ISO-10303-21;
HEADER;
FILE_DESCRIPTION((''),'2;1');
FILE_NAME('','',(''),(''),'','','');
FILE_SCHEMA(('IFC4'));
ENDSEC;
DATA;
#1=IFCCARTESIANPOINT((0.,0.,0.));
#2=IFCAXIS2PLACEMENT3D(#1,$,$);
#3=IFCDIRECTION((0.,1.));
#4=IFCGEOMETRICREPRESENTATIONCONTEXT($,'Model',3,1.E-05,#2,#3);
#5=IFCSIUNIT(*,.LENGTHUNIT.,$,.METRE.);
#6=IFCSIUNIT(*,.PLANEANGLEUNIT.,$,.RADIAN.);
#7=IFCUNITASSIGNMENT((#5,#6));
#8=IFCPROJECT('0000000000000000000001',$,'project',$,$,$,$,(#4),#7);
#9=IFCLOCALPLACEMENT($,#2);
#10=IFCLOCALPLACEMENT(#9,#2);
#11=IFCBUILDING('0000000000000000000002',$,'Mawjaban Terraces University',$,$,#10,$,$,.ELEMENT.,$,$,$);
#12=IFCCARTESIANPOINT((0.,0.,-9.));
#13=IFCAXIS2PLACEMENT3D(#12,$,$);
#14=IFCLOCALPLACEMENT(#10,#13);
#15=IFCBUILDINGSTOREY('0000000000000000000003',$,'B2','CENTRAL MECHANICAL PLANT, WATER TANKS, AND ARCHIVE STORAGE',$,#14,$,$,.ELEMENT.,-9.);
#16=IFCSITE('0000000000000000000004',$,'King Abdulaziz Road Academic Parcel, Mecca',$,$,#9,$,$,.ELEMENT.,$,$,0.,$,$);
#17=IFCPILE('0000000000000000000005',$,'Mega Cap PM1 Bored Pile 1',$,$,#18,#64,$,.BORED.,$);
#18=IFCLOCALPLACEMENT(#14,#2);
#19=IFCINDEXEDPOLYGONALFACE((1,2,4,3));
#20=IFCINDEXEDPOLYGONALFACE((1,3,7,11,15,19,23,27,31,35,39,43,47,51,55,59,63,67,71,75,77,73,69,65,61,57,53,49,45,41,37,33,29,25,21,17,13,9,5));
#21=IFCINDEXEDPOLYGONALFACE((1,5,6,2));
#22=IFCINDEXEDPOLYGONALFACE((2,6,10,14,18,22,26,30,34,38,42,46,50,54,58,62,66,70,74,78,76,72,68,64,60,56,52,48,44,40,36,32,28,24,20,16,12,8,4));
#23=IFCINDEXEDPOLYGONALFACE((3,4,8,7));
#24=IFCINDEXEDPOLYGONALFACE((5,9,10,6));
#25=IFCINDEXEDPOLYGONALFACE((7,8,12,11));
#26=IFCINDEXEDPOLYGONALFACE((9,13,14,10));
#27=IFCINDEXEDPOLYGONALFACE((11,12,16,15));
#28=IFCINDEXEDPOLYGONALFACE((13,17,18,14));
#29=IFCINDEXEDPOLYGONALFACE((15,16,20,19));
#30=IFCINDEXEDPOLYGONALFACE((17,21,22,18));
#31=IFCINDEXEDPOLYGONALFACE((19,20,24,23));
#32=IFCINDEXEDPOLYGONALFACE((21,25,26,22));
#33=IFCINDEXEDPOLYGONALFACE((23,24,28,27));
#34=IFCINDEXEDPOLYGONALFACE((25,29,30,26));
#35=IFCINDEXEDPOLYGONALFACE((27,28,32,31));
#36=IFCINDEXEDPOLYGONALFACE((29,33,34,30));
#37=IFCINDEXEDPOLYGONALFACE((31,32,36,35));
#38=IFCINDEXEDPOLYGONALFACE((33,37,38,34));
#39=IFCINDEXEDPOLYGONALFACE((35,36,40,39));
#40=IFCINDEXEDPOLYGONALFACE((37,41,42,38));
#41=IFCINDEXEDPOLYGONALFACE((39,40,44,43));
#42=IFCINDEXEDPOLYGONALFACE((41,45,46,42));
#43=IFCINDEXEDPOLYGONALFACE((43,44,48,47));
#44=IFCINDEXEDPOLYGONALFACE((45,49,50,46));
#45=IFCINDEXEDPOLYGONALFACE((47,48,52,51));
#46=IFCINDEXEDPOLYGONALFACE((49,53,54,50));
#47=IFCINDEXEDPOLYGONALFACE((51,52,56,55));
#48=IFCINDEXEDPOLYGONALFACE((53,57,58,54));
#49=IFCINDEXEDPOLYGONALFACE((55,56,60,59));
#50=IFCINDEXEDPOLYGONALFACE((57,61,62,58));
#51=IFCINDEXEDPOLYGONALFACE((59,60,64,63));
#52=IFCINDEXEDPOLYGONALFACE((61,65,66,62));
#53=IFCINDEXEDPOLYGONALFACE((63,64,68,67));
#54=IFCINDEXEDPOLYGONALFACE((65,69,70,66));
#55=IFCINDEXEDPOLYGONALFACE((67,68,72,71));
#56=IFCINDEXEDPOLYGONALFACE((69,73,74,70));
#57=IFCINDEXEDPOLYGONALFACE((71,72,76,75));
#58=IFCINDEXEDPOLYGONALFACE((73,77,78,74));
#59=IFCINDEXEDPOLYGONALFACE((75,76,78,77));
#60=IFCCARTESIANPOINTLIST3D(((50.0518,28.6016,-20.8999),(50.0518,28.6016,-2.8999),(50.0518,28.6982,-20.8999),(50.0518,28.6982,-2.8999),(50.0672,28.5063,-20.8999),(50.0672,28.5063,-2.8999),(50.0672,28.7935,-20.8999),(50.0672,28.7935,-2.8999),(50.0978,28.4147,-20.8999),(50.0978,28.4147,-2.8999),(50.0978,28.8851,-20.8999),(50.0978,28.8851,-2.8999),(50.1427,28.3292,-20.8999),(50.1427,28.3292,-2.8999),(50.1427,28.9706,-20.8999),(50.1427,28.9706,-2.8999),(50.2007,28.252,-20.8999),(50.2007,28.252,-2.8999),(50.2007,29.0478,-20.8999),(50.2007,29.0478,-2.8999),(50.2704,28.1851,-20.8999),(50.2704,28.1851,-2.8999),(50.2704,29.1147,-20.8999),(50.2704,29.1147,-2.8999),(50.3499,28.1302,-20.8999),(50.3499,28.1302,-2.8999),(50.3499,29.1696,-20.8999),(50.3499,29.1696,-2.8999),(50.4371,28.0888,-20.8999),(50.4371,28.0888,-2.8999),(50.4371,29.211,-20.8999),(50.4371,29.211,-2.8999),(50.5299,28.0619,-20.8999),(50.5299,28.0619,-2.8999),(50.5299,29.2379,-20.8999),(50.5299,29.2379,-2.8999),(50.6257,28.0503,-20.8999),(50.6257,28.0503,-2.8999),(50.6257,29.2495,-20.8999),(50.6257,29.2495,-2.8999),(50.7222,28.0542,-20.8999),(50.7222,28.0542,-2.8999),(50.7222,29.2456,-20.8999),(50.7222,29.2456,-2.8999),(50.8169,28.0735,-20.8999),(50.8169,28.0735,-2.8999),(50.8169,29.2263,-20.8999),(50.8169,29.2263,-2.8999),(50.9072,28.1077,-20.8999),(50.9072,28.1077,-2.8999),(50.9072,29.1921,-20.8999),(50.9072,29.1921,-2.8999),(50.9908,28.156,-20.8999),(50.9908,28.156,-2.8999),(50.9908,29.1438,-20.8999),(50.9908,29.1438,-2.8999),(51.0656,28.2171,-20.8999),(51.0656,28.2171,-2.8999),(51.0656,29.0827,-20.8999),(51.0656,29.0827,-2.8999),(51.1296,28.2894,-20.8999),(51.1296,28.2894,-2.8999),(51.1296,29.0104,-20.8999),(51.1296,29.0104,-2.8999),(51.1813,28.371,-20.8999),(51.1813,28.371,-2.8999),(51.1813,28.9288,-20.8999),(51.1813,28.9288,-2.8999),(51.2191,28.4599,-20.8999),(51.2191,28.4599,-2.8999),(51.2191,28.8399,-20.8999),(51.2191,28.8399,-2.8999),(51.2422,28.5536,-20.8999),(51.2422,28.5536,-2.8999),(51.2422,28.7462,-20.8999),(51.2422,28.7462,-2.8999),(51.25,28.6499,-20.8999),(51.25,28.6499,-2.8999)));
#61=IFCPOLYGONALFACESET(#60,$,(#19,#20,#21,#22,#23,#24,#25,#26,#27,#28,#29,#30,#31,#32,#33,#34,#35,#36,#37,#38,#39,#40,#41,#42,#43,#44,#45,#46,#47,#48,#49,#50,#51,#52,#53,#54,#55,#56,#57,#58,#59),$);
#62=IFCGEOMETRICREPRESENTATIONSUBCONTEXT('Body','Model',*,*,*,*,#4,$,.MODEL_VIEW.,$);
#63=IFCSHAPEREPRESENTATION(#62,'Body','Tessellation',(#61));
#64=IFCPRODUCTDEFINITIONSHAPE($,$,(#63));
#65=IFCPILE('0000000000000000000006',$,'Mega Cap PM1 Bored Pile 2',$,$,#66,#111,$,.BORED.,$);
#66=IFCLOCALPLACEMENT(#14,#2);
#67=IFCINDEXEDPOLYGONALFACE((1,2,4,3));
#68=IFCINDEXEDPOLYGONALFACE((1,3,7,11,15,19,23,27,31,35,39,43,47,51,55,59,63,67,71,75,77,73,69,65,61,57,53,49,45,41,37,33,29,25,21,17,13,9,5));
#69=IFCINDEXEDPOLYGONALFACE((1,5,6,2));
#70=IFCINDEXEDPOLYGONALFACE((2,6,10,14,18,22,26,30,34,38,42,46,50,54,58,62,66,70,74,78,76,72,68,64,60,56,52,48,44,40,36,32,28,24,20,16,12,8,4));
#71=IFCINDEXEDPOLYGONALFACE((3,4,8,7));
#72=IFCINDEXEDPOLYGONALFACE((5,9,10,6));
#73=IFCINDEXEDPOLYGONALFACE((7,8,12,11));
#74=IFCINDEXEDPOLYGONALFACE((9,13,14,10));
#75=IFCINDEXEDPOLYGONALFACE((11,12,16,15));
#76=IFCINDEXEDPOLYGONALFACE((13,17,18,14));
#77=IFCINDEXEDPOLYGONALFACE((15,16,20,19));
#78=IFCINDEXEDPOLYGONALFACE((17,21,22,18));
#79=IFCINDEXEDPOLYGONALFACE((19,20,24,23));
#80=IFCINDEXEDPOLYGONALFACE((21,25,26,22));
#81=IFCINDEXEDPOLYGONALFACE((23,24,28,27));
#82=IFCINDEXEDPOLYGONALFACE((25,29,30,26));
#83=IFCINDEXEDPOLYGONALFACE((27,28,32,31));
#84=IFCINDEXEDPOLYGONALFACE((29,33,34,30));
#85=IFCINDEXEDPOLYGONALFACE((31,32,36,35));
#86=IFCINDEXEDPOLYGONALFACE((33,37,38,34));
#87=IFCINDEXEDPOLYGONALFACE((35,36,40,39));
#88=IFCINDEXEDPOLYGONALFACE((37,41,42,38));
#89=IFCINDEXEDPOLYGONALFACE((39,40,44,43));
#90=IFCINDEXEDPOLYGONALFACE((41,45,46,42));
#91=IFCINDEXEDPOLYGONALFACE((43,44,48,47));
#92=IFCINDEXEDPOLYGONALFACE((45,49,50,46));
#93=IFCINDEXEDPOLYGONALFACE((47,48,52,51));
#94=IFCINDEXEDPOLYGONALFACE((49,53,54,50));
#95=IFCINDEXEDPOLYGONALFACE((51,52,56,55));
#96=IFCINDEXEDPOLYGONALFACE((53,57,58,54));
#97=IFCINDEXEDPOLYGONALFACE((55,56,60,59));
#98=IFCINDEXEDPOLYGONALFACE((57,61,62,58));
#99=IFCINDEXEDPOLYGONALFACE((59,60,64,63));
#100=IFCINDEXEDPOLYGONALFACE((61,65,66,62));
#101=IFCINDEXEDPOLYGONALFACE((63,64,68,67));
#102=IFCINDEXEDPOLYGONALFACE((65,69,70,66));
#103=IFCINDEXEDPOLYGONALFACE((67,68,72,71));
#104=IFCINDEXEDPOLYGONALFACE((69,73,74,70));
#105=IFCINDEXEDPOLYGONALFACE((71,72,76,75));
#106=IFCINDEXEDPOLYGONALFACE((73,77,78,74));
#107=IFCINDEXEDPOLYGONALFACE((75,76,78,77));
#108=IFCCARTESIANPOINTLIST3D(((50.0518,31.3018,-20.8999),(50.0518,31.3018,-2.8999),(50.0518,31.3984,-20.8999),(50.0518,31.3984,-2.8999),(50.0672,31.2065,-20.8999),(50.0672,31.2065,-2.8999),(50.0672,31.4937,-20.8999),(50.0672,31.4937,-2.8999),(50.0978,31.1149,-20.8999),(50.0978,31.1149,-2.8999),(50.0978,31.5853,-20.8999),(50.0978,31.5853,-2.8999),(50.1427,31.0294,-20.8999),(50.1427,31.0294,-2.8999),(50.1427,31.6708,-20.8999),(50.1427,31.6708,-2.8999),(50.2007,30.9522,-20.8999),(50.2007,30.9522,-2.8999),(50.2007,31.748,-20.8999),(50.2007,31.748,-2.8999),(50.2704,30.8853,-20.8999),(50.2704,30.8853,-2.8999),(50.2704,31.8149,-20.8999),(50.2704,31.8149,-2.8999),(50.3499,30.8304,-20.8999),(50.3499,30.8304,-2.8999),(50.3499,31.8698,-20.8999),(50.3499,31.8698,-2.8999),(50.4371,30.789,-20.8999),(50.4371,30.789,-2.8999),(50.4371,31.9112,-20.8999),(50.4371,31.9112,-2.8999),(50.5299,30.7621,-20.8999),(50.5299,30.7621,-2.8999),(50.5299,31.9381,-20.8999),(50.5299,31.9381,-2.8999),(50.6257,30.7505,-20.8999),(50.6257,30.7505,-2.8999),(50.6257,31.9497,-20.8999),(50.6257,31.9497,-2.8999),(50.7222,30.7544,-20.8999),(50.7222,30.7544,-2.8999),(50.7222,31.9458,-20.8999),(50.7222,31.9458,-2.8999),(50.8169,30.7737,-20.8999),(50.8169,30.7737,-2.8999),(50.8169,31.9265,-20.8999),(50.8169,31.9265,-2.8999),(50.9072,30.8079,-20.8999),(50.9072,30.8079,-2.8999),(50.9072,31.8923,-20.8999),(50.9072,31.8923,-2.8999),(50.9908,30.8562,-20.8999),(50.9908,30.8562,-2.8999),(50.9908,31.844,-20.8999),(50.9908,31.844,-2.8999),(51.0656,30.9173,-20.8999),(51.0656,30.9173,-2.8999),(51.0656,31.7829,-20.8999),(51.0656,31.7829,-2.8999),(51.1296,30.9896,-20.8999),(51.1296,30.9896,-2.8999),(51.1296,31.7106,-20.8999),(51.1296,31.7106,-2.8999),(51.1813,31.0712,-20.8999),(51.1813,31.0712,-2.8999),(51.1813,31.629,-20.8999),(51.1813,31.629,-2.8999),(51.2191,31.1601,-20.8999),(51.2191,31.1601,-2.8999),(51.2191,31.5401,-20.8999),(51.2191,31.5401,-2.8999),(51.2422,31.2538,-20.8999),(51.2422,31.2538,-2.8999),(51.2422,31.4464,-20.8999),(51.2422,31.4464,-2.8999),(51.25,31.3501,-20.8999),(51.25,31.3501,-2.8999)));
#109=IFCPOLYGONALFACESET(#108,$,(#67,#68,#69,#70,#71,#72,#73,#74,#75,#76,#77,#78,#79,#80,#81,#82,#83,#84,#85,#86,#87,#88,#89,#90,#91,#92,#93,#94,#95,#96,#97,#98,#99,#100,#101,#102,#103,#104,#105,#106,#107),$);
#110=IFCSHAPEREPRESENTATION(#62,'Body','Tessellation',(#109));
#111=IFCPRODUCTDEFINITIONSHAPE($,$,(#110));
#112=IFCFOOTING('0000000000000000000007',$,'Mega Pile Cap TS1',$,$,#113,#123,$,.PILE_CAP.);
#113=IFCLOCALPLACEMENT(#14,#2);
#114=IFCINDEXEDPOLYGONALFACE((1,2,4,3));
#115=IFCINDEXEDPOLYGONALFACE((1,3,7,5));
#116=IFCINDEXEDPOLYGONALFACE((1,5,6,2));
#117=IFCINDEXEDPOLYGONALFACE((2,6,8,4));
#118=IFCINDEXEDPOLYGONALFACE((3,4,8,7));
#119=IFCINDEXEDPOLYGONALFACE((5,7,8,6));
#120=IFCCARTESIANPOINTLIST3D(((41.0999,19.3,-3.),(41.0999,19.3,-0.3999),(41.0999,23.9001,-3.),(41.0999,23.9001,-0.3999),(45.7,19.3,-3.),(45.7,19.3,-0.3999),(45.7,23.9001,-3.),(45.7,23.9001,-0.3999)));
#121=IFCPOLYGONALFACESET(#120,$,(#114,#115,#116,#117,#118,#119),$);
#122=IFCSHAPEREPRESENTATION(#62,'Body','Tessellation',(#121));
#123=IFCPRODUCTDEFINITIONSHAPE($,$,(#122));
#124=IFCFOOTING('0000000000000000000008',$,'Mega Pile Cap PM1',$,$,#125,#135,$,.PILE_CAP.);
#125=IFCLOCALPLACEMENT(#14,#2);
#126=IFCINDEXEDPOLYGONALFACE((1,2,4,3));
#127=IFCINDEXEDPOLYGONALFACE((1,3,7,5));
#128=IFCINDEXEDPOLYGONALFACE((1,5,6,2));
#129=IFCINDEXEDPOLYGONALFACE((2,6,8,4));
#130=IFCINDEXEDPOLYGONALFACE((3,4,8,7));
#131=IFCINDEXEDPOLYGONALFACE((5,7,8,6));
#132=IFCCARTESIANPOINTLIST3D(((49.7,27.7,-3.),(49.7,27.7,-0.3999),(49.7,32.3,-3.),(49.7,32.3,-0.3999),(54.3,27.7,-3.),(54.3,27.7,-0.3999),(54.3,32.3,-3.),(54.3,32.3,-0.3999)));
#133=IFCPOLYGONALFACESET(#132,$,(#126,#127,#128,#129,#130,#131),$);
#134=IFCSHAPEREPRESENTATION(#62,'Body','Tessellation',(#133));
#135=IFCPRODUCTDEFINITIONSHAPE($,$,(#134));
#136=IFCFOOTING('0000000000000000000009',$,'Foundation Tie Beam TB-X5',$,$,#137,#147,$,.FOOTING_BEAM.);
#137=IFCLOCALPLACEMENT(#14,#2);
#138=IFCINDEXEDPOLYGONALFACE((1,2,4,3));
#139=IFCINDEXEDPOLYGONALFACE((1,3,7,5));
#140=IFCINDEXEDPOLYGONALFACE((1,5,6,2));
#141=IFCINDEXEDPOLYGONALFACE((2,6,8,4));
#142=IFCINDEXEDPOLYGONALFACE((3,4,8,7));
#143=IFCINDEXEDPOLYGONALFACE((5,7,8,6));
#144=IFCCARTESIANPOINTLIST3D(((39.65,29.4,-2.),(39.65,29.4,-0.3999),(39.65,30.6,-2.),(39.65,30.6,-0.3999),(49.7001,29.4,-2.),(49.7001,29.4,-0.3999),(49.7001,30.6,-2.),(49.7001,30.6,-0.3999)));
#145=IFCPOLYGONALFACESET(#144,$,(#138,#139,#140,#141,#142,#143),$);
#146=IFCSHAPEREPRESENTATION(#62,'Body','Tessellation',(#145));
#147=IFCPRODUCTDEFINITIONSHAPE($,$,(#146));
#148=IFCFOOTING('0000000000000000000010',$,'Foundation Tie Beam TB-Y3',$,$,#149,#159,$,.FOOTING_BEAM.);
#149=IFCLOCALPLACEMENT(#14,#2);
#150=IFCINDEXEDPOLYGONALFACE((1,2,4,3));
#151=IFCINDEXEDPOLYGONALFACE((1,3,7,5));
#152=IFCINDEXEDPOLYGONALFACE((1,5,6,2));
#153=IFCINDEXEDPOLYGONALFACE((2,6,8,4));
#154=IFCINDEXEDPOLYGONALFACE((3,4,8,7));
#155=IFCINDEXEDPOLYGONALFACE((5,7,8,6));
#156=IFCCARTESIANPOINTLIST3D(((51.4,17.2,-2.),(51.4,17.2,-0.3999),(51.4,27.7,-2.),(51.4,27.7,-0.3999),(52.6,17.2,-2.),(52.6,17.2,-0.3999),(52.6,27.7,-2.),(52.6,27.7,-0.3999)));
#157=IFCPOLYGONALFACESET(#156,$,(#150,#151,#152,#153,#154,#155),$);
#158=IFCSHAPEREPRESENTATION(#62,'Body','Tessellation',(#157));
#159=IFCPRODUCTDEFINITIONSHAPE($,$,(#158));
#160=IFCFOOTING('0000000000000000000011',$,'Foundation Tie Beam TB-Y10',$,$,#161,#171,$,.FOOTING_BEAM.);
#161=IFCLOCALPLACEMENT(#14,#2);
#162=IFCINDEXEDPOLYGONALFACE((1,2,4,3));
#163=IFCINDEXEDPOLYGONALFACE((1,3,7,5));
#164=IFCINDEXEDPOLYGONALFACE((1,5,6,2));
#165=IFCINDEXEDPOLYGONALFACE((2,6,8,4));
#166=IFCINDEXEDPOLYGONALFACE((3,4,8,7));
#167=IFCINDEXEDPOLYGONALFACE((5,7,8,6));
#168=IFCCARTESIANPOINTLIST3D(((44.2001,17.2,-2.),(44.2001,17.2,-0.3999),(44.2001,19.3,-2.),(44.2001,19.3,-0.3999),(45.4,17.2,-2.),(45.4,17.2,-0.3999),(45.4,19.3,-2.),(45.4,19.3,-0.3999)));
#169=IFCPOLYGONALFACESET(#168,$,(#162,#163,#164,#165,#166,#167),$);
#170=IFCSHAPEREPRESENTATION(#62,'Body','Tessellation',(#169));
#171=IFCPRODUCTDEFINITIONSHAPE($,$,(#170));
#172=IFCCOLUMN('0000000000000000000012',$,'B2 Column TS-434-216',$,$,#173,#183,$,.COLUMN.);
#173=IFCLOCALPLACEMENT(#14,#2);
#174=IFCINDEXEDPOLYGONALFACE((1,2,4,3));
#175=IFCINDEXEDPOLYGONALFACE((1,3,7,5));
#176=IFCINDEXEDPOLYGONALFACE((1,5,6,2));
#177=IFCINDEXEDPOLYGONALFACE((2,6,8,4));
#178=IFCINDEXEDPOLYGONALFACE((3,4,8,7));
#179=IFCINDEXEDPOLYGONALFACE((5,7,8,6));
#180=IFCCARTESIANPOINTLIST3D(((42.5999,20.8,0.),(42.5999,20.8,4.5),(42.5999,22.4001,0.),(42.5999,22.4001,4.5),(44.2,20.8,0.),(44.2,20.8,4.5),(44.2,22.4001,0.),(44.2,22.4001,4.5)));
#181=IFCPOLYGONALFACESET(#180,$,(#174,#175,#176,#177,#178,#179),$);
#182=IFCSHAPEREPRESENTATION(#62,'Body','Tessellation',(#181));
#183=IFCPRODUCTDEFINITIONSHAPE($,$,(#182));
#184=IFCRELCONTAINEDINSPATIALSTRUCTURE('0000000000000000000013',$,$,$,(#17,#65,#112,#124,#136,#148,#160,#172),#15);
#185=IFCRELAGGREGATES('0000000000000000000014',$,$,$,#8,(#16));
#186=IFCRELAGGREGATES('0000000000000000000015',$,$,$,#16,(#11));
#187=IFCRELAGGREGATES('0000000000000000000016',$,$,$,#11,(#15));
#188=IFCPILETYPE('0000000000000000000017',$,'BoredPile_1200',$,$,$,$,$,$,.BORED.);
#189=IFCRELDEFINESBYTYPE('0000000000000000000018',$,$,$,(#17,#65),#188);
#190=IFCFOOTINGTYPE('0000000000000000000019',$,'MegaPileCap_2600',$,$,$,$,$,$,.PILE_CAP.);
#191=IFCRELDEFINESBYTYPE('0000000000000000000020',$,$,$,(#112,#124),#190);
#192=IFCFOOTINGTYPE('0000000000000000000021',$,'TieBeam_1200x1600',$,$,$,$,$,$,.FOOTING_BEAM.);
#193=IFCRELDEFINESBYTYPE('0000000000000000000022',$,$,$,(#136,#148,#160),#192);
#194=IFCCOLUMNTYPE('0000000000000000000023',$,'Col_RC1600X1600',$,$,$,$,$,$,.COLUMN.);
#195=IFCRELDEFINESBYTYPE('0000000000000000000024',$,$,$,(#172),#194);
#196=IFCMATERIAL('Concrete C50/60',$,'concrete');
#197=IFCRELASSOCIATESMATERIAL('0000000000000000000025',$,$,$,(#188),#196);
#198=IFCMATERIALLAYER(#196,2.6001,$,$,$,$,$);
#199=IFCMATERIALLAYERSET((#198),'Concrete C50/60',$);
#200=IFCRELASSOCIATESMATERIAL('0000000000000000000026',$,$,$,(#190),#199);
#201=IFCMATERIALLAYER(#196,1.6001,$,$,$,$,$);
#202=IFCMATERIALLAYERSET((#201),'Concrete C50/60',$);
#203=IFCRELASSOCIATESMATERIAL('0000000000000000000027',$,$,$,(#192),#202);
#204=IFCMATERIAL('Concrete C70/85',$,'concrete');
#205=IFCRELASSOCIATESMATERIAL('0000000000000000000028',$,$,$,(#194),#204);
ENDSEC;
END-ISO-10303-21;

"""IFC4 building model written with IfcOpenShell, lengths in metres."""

from ifc_helpers import new_model, si_unit, direction, frame, origin, origin_2d, place, context, subcontext, project, spatial, rectangle, circle, extrude, material, layer, layer_set, material_profile, profile_set, type_object, element, save


model = new_model("IFC4")

# Units and contexts
model_context = context("Model", 3, precision=1e-05, world=origin(), true_north=direction((0.0, 1.0)))
body_context = subcontext(model_context, "Body", "Model", "MODEL_VIEW")
ifc_project = project(units=[si_unit("LENGTHUNIT", "METRE"), si_unit("PLANEANGLEUNIT", "RADIAN")], contexts=[model_context])

# Site, building, storey
site_placement = place(None, origin())
site = spatial("IfcSite", under=ifc_project, at=site_placement, Name="King Abdulaziz Road Academic Parcel, Mecca", CompositionType="ELEMENT", RefElevation=0.0)
building_placement = place(site_placement, origin())
building = spatial("IfcBuilding", under=site, at=building_placement, Name="Mawjaban Terraces University", CompositionType="ELEMENT")
storey_placement = place(building_placement, frame((0.0, 0.0, -9.0)))
storey = spatial("IfcBuildingStorey", under=building, at=storey_placement, Name="B2", Description="CENTRAL MECHANICAL PLANT, WATER TANKS, AND ARCHIVE STORAGE", CompositionType="ELEMENT", Elevation=-9.0)

# Piles
ifc_material_1 = material(Name="Concrete C50/60", Category="concrete")
ifc_material_profile_1 = material_profile(ifc_material_1, circle(Radius=0.6001, at=origin_2d()), Name="PILE1200")
ifc_profile_set_1 = profile_set([ifc_material_profile_1], Name="Concrete C50/60")
pile_type = type_object("IfcPileType", Name="BoredPile_1200", PredefinedType="BORED", material=ifc_profile_set_1)
for number, where, z_axis, x_axis, name in (
    (1, (50.6499, 28.6499, -2.8999), (0.0, 0.0, -1.0), (1.0, 0.0, 0.0), "Mega Cap PM1 Bored Pile 1"),
    (2, (50.6499, 31.3501, -2.8999), (0.0, 0.0, -1.0), (1.0, 0.0, 0.0), "Mega Cap PM1 Bored Pile 2"),
):
    element("IfcPile", number, at=place(storey_placement, frame(where, z_axis=z_axis, x_axis=x_axis)), inside=storey, type_object=pile_type, Name=name, PredefinedType="BORED", context=body_context, shape_type="SweptSolid", body=[
        extrude(circle(Radius=0.6001, at=origin_2d()), origin(), (0.0, 0.0, 1.0), 18.0),
    ])

# Footings
ifc_layer_1 = layer(ifc_material_1, 2.6001)
ifc_layer_set_1 = layer_set([ifc_layer_1], Name="Concrete C50/60")
footing_type_1 = type_object("IfcFootingType", Name="MegaPileCap_2600", PredefinedType="PILE_CAP", material=ifc_layer_set_1)
for number, where, z_axis, x_axis, name in (
    (3, (43.3999, 21.6001, -3.0), (0.0, 0.0, 1.0), (1.0, 0.0, 0.0), "Mega Pile Cap TS1"),
    (4, (52.0, 30.0, -3.0), (0.0, 0.0, 1.0), (1.0, 0.0, 0.0), "Mega Pile Cap PM1"),
):
    element("IfcFooting", number, at=place(storey_placement, frame(where, z_axis=z_axis, x_axis=x_axis)), inside=storey, type_object=footing_type_1, Name=name, PredefinedType="PILE_CAP", context=body_context, shape_type="SweptSolid", body=[
        extrude(rectangle(XDim=4.6001, YDim=4.6001, at=origin_2d()), origin(), (0.0, 0.0, 1.0), 2.6001),
    ])
ifc_layer_2 = layer(ifc_material_1, 1.6001)
ifc_layer_set_2 = layer_set([ifc_layer_2], Name="Concrete C50/60")
footing_type_2 = type_object("IfcFootingType", Name="TieBeam_1200x1600", PredefinedType="FOOTING_BEAM", material=ifc_layer_set_2)
footing_1_placement = place(storey_placement, frame((44.675, 30.0, -2.0), z_axis=(0.0, 0.0, 1.0), x_axis=(1.0, 0.0, 0.0)))
element("IfcFooting", 5, at=footing_1_placement, inside=storey, type_object=footing_type_2, Name="Foundation Tie Beam TB-X5", PredefinedType="FOOTING_BEAM", context=body_context, shape_type="SweptSolid", body=[
    extrude(rectangle(XDim=10.05, YDim=1.2, at=origin_2d()), origin(), (0.0, 0.0, 1.0), 1.6001),
])
footing_2_placement = place(storey_placement, frame((52.0, 22.45, -2.0), z_axis=(0.0, 0.0, 1.0), x_axis=(1.0, 0.0, 0.0)))
element("IfcFooting", 6, at=footing_2_placement, inside=storey, type_object=footing_type_2, Name="Foundation Tie Beam TB-Y3", PredefinedType="FOOTING_BEAM", context=body_context, shape_type="SweptSolid", body=[
    extrude(rectangle(XDim=1.2, YDim=10.5, at=origin_2d()), origin(), (0.0, 0.0, 1.0), 1.6001),
])
footing_3_placement = place(storey_placement, frame((44.8, 18.25, -2.0), z_axis=(0.0, 0.0, 1.0), x_axis=(1.0, 0.0, 0.0)))
element("IfcFooting", 7, at=footing_3_placement, inside=storey, type_object=footing_type_2, Name="Foundation Tie Beam TB-Y10", PredefinedType="FOOTING_BEAM", context=body_context, shape_type="SweptSolid", body=[
    extrude(rectangle(XDim=1.2, YDim=2.1001, at=origin_2d()), origin(), (0.0, 0.0, 1.0), 1.6001),
])

# Column
ifc_material_2 = material(Name="Concrete C70/85", Category="concrete")
ifc_material_profile_2 = material_profile(ifc_material_2, rectangle(XDim=1.6001, YDim=1.6001, at=origin_2d()), Name="RC1600X1600")
ifc_profile_set_2 = profile_set([ifc_material_profile_2], Name="Concrete C70/85")
column_type = type_object("IfcColumnType", Name="Col_RC1600X1600", PredefinedType="COLUMN", material=ifc_profile_set_2)
column_placement = place(storey_placement, frame((43.3999, 21.6001, 0.0), z_axis=(0.0, 0.0, 1.0), x_axis=(1.0, 0.0, 0.0)))
element("IfcColumn", 8, at=column_placement, inside=storey, type_object=column_type, Name="B2 Column TS-434-216", PredefinedType="COLUMN", context=body_context, shape_type="SweptSolid", body=[
    extrude(rectangle(XDim=1.6001, YDim=1.6001, at=origin_2d()), origin(), (0.0, 0.0, 1.0), 4.5),
])

save(model, "model.ifc")
